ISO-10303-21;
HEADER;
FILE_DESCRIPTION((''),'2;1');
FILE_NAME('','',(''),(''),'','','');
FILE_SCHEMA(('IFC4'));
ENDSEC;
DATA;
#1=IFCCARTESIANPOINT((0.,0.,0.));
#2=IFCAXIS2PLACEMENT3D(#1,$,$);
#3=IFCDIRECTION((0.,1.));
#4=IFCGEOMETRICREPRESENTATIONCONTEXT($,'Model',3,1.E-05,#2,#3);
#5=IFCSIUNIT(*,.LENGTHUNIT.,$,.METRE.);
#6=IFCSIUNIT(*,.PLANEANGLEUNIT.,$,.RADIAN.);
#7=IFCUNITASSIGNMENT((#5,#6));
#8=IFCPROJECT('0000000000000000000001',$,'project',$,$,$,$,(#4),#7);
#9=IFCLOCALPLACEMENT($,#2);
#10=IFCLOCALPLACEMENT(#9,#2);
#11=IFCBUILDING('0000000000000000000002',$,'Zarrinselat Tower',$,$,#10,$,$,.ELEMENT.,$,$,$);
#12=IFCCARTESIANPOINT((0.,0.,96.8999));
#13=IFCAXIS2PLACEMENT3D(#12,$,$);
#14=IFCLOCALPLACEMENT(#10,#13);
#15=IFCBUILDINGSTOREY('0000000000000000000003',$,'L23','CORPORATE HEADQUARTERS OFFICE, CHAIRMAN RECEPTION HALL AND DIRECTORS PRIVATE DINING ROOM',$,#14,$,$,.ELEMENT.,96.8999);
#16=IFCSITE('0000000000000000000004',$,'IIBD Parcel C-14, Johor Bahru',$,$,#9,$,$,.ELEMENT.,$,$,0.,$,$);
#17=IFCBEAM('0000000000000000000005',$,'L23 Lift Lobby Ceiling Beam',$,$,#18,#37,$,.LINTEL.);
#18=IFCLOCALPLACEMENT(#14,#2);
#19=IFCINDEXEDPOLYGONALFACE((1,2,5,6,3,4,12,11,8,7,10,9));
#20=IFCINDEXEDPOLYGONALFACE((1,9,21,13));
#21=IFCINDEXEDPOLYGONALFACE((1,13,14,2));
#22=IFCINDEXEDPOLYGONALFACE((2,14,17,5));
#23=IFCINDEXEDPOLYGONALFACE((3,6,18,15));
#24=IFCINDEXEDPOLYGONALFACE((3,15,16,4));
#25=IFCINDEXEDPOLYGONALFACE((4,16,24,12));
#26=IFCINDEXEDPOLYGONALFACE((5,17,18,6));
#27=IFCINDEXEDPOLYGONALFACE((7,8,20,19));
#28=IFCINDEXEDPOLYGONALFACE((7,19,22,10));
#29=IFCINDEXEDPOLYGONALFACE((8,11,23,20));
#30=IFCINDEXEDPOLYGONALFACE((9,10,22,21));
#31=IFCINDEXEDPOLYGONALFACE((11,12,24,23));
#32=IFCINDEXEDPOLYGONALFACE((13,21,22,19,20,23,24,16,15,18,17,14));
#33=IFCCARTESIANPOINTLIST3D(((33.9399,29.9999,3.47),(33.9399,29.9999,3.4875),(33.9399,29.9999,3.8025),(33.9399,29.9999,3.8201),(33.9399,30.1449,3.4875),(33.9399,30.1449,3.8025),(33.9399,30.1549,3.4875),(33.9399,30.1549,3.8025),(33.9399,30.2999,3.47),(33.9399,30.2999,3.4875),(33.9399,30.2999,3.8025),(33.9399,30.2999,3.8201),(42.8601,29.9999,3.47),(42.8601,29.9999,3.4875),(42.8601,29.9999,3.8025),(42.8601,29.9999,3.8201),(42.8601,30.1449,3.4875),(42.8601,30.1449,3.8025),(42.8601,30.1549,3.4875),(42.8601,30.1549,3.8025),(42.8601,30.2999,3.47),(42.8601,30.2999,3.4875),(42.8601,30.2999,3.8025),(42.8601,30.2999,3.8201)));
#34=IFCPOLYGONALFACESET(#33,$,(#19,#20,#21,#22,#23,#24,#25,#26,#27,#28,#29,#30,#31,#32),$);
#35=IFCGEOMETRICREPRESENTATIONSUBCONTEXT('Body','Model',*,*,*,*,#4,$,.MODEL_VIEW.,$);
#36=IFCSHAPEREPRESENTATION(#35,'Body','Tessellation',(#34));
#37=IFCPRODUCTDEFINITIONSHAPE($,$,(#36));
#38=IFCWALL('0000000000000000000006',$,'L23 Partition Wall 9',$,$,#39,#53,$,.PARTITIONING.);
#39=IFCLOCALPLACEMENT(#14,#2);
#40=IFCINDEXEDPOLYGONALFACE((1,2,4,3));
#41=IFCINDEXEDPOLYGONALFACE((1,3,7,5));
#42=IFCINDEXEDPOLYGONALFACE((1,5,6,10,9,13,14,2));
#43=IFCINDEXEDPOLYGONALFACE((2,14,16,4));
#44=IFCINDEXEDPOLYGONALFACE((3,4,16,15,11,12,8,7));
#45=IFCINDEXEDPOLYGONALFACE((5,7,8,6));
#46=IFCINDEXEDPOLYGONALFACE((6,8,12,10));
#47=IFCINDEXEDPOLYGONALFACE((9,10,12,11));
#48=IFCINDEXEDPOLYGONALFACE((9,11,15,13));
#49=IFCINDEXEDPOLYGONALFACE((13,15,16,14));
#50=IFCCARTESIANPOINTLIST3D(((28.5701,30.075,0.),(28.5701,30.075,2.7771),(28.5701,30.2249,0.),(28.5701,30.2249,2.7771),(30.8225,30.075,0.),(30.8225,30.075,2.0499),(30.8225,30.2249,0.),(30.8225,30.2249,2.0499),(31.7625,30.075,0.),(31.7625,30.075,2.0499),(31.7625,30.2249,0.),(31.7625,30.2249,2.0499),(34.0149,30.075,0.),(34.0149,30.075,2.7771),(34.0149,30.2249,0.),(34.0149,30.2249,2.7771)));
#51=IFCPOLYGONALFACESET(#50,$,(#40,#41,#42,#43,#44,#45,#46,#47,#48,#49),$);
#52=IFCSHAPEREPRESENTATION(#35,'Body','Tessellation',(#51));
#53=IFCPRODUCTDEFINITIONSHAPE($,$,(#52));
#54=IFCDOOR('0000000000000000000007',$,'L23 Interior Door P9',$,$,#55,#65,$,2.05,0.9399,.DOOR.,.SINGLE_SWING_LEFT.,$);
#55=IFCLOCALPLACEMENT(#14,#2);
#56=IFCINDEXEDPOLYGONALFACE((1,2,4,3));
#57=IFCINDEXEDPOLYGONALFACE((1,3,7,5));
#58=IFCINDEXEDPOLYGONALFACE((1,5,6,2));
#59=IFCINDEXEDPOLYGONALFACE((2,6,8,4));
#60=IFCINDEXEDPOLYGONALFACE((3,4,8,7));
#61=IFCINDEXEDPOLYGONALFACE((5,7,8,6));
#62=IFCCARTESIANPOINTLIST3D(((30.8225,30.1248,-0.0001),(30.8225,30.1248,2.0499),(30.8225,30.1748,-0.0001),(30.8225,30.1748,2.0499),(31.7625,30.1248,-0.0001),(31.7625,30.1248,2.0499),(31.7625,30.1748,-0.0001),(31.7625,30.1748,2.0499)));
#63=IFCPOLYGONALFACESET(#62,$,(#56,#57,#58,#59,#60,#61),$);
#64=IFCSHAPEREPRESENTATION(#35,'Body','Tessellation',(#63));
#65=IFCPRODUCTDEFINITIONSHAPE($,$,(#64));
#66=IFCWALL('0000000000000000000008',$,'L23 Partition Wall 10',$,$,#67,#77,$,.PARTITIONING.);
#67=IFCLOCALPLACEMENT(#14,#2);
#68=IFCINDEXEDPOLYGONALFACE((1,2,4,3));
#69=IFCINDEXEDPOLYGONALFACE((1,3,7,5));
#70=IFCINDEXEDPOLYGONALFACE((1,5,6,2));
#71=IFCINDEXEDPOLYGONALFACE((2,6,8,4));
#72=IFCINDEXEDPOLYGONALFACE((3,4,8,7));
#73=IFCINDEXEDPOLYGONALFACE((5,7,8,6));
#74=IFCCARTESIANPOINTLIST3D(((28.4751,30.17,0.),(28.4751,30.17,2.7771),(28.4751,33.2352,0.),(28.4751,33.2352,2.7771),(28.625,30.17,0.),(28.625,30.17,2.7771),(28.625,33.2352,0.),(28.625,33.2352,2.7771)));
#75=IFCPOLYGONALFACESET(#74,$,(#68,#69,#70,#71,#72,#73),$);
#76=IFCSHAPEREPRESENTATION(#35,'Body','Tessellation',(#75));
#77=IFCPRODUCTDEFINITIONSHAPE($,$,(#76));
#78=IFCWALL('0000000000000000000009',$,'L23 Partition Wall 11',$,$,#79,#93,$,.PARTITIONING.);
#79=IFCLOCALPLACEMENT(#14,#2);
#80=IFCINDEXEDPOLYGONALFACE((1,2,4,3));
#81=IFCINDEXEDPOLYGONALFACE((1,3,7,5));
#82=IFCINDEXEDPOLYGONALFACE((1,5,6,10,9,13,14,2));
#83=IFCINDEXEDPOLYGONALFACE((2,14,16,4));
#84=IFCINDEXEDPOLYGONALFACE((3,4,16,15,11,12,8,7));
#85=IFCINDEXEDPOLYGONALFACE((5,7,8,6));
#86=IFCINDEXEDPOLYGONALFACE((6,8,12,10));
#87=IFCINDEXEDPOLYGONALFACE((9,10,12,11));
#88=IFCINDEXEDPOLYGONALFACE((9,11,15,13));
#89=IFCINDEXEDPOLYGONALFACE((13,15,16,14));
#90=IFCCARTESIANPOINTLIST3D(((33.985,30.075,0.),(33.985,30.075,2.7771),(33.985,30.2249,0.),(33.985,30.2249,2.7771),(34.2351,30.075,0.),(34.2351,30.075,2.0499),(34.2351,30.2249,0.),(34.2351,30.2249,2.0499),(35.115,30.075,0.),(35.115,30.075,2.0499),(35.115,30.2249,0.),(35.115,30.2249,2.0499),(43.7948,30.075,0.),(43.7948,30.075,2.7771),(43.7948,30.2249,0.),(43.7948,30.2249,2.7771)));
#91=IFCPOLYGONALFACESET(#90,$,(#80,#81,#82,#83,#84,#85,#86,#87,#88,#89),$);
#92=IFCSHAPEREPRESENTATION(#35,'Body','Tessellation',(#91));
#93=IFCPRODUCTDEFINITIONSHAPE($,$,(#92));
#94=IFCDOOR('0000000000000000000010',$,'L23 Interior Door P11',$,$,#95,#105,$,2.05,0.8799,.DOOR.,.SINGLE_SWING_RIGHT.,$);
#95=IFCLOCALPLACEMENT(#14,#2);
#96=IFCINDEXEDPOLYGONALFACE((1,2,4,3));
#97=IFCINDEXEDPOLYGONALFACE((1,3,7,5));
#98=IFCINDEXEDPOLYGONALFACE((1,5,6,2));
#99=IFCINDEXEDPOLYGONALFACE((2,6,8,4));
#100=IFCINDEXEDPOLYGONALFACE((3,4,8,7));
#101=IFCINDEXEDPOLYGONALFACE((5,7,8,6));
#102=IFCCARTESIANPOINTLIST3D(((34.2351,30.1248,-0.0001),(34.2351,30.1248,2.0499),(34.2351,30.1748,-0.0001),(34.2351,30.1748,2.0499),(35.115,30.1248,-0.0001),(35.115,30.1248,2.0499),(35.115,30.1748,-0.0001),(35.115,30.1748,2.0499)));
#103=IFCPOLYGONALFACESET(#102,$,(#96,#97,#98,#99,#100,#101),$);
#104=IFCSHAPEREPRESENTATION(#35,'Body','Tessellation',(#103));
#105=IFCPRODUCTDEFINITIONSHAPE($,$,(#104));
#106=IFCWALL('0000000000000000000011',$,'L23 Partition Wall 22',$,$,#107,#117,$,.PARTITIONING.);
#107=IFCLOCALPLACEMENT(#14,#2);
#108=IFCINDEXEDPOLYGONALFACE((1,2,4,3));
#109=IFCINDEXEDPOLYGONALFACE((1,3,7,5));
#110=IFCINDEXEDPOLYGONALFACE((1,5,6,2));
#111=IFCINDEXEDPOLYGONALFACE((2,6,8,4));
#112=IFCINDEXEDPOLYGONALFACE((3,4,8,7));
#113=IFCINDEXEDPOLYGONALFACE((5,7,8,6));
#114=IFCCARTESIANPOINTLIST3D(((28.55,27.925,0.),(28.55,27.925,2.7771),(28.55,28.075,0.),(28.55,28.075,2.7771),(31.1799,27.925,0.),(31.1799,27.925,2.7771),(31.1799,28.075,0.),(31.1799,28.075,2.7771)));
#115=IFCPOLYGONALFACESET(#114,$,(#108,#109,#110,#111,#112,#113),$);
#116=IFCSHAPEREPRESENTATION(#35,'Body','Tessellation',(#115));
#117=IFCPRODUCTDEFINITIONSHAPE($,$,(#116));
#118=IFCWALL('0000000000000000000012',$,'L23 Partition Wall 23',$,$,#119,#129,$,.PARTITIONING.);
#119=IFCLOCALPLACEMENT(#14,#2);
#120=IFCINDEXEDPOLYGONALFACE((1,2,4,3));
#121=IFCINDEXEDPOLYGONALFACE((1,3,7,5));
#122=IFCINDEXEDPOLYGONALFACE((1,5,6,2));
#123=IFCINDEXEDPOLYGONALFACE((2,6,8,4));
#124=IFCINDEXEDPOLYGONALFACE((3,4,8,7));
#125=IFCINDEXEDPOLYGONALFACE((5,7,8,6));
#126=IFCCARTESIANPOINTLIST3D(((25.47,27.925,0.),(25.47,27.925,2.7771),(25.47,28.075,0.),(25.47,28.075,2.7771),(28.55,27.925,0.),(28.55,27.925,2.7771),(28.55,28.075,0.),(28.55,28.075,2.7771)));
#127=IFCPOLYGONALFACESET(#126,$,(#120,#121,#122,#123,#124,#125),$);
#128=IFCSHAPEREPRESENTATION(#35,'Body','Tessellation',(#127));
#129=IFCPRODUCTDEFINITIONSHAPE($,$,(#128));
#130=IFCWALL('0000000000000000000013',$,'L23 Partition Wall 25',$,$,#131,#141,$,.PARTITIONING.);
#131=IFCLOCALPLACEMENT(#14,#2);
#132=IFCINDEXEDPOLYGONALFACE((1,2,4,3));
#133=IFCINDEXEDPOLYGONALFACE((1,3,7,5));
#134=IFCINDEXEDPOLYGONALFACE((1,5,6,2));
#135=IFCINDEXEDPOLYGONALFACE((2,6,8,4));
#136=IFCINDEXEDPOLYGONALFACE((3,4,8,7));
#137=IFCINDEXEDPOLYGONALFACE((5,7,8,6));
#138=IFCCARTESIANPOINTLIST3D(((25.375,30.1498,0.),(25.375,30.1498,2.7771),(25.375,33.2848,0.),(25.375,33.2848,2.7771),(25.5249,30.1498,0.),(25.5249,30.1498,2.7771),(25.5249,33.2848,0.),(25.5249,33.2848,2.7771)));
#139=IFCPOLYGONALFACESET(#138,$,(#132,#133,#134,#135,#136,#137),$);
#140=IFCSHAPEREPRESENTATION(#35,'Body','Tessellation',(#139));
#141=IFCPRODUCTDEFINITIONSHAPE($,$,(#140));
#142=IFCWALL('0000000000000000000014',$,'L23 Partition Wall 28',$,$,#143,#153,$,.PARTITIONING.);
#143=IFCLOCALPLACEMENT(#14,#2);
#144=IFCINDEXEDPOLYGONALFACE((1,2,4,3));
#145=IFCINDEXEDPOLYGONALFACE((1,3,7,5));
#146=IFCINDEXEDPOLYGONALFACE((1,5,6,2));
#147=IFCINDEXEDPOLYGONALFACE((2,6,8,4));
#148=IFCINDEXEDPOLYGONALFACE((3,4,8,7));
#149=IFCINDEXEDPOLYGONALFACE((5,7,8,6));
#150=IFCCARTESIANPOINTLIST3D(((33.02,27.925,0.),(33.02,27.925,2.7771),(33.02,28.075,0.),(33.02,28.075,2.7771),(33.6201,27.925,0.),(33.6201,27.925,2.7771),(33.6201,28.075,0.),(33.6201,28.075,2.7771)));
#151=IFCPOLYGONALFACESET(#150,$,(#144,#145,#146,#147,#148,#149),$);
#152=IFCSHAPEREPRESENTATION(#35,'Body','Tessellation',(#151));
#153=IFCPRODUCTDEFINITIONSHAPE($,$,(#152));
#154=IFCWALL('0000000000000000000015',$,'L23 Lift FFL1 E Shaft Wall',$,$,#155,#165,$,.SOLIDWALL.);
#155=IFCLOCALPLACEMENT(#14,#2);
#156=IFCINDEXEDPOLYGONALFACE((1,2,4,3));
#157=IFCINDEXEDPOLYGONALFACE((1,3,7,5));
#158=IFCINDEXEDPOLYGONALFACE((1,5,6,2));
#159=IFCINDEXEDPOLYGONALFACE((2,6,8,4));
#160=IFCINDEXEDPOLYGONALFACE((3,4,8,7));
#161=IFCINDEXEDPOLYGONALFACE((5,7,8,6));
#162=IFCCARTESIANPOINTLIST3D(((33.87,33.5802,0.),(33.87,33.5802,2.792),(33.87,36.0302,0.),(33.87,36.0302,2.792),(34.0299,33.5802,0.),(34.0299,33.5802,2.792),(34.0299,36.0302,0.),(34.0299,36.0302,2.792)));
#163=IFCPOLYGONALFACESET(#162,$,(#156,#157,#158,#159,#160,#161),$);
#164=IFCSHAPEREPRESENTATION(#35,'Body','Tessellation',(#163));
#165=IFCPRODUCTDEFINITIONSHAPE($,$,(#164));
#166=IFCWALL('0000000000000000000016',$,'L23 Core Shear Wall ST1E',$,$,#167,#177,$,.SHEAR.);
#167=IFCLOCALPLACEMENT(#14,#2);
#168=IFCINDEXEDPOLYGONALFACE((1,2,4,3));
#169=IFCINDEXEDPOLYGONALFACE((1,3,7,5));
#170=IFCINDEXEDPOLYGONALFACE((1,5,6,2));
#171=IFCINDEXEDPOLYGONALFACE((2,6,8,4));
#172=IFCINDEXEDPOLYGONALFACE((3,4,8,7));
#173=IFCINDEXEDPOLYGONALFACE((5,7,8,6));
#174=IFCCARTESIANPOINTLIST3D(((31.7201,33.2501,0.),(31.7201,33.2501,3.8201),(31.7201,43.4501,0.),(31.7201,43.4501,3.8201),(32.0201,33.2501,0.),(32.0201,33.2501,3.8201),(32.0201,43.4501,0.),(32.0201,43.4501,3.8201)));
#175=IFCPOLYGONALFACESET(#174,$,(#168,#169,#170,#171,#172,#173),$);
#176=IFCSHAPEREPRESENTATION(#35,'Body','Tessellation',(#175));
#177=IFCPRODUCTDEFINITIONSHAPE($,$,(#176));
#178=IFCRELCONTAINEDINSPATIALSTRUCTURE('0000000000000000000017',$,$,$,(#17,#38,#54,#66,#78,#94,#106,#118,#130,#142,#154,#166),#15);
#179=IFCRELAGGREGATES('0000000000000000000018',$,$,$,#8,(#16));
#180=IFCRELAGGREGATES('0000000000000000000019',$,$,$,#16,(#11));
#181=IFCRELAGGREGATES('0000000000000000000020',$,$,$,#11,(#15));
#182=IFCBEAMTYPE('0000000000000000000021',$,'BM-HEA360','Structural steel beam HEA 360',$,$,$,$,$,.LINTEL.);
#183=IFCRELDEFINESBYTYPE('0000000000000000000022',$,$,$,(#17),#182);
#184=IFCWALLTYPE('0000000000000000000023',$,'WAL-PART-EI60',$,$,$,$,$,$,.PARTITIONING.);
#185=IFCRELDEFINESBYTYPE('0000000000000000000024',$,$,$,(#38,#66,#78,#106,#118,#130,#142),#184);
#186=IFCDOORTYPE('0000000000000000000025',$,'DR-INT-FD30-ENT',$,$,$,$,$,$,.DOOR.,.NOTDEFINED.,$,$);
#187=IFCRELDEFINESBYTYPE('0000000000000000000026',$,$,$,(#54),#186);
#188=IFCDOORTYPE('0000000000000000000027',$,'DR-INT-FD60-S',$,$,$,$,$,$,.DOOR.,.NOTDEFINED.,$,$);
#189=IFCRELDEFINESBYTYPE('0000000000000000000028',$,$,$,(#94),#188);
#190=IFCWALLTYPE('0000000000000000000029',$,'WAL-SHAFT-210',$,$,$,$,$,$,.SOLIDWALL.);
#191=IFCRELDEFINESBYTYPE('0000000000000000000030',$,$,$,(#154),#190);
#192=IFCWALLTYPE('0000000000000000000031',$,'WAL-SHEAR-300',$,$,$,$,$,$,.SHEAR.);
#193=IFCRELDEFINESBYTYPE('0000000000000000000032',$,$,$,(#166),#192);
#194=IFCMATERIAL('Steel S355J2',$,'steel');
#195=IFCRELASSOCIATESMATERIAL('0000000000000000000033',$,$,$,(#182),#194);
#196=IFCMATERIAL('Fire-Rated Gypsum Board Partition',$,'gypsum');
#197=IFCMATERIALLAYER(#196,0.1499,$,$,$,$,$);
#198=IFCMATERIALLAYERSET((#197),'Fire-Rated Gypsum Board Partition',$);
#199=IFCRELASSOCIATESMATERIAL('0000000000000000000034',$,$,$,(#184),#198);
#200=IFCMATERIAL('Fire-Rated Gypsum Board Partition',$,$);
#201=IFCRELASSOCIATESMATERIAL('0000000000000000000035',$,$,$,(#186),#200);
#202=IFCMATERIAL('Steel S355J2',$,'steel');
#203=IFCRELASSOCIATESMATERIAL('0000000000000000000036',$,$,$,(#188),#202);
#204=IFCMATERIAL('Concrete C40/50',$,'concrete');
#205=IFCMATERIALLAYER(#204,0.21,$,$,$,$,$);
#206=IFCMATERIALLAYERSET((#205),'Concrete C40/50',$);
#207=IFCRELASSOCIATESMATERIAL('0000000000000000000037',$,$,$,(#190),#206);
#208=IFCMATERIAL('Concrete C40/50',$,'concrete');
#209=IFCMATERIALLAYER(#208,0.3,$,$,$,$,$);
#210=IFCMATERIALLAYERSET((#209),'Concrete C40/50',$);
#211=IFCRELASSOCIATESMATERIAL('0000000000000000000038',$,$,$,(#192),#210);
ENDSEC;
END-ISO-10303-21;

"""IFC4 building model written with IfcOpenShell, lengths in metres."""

from ifc_helpers import new_model, si_unit, direction, frame, frame_2d, origin, origin_2d, place, context, subcontext, project, spatial, rectangle, i_section, extrude, material, layer, layer_set, material_profile, profile_set, type_object, element, fill, save


model = new_model("IFC4")

# Units and contexts
model_context = context("Model", 3, precision=1e-05, world=origin(), true_north=direction((0.0, 1.0)))
body_context = subcontext(model_context, "Body", "Model", "MODEL_VIEW")
ifc_project = project(units=[si_unit("LENGTHUNIT", "METRE"), si_unit("PLANEANGLEUNIT", "RADIAN")], contexts=[model_context])

# Site, building, storey
site_placement = place(None, origin())
site = spatial("IfcSite", under=ifc_project, at=site_placement, Name="IIBD Parcel C-14, Johor Bahru", CompositionType="ELEMENT", RefElevation=0.0)
building_placement = place(site_placement, origin())
building = spatial("IfcBuilding", under=site, at=building_placement, Name="Zarrinselat Tower", CompositionType="ELEMENT")
storey_placement = place(building_placement, frame((0.0, 0.0, 96.8999)))
storey = spatial("IfcBuildingStorey", under=building, at=storey_placement, Name="L23", Description="CORPORATE HEADQUARTERS OFFICE, CHAIRMAN RECEPTION HALL AND DIRECTORS PRIVATE DINING ROOM", CompositionType="ELEMENT", Elevation=96.8999)

# Beam
ifc_material_1 = material(Name="Steel S355J2", Category="steel")
ifc_material_profile = material_profile(ifc_material_1, i_section(OverallWidth=0.3, OverallDepth=0.3501, WebThickness=0.01, FlangeThickness=0.0176, at=origin_2d()), Name="HEA 360")
ifc_profile_set = profile_set([ifc_material_profile], Name="Steel S355J2")
beam_type = type_object("IfcBeamType", Name="BM-HEA360", Description="Structural steel beam HEA 360", PredefinedType="LINTEL", material=ifc_profile_set)
beam_placement = place(storey_placement, frame((33.9399, 30.1499, 3.645), z_axis=(1.0, 0.0, 0.0), x_axis=(0.0, 1.0, 0.0)))
element("IfcBeam", 1, at=beam_placement, inside=storey, type_object=beam_type, Name="L23 Lift Lobby Ceiling Beam", PredefinedType="LINTEL", context=body_context, shape_type="SweptSolid", body=[
    extrude(i_section(OverallWidth=0.3, OverallDepth=0.3501, WebThickness=0.01, FlangeThickness=0.0176, at=origin_2d()), origin(), (0.0, 0.0, 1.0), 8.9202),
])

# Wall, opening, door
ifc_material_2 = material(Name="Fire-Rated Gypsum Board Partition", Category="gypsum")
ifc_layer_1 = layer(ifc_material_2, 0.1499)
ifc_layer_set_1 = layer_set([ifc_layer_1], Name="Fire-Rated Gypsum Board Partition")
wall_type_1 = type_object("IfcWallType", Name="WAL-PART-EI60", PredefinedType="PARTITIONING", material=ifc_layer_set_1)
wall_1_placement = place(storey_placement, frame((28.5701, 30.1499, 0.0), z_axis=(0.0, 0.0, 1.0), x_axis=(1.0, 0.0, 0.0)))
wall_1 = element("IfcWall", 2, at=wall_1_placement, inside=storey, type_object=wall_type_1, Name="L23 Partition Wall 9", PredefinedType="PARTITIONING", context=body_context, shape_type="SweptSolid", body=[
    extrude(rectangle(XDim=5.4448, YDim=0.1499, at=frame_2d((2.7224, 0.0))), origin(), (0.0, 0.0, 1.0), 2.7771),
])
opening_1_placement = place(wall_1_placement, frame((2.2524, 0.0, 0.0)))
opening_1 = element("IfcOpeningElement", 3, at=opening_1_placement, cuts=wall_1, PredefinedType="OPENING", context=body_context, shape_type="SweptSolid", body=[
    extrude(rectangle(XDim=0.9399, YDim=2.05, at=frame_2d((0.47, 1.0249))), frame((0.0, 0.085, 0.0), z_axis=(0.0, -1.0, 0.0), x_axis=(1.0, 0.0, 0.0)), (0.0, 0.0, 1.0), 0.1699),
])
ifc_material_3 = material(Name="Fire-Rated Gypsum Board Partition")
door_type_1 = type_object("IfcDoorType", Name="DR-INT-FD30-ENT", OperationType="NOTDEFINED", PredefinedType="DOOR", material=ifc_material_3)
door_1_placement = place(opening_1_placement, origin())
door_1 = element("IfcDoor", 4, at=door_1_placement, inside=storey, type_object=door_type_1, Name="L23 Interior Door P9", OperationType="SINGLE_SWING_LEFT", OverallHeight=2.05, OverallWidth=0.9399, PredefinedType="DOOR", context=body_context, shape_type="SweptSolid", body=[
    extrude(rectangle(XDim=0.9399, YDim=2.05, at=frame_2d((0.47, 1.0249))), frame((0.0, 0.0249, 0.0), z_axis=(0.0, -1.0, 0.0), x_axis=(1.0, 0.0, 0.0)), (0.0, 0.0, 1.0), 0.05),
])
fill(opening_1, door_1)

# Wall
wall_2_placement = place(storey_placement, frame((28.55, 30.1699, 0.0), z_axis=(0.0, 0.0, 1.0), x_axis=(0.0, 1.0, 0.0)))
element("IfcWall", 5, at=wall_2_placement, inside=storey, type_object=wall_type_1, Name="L23 Partition Wall 10", PredefinedType="PARTITIONING", context=body_context, shape_type="SweptSolid", body=[
    extrude(rectangle(XDim=3.0652, YDim=0.1499, at=frame_2d((1.5327, 0.0))), origin(), (0.0, 0.0, 1.0), 2.7771),
])

# Wall, opening, door
wall_3_placement = place(storey_placement, frame((33.9851, 30.1499, 0.0), z_axis=(0.0, 0.0, 1.0), x_axis=(1.0, 0.0, 0.0)))
wall_3 = element("IfcWall", 6, at=wall_3_placement, inside=storey, type_object=wall_type_1, Name="L23 Partition Wall 11", PredefinedType="PARTITIONING", context=body_context, shape_type="SweptSolid", body=[
    extrude(rectangle(XDim=9.8098, YDim=0.1499, at=frame_2d((4.9048, 0.0))), origin(), (0.0, 0.0, 1.0), 2.7771),
])
opening_2_placement = place(wall_3_placement, frame((0.25, 0.0, 0.0)))
opening_2 = element("IfcOpeningElement", 7, at=opening_2_placement, cuts=wall_3, PredefinedType="OPENING", context=body_context, shape_type="SweptSolid", body=[
    extrude(rectangle(XDim=0.8799, YDim=2.05, at=frame_2d((0.4399, 1.0249))), frame((0.0, 0.085, 0.0), z_axis=(0.0, -1.0, 0.0), x_axis=(1.0, 0.0, 0.0)), (0.0, 0.0, 1.0), 0.1699),
])
ifc_material_4 = material(Name="Steel S355J2", Category="steel")
door_type_2 = type_object("IfcDoorType", Name="DR-INT-FD60-S", OperationType="NOTDEFINED", PredefinedType="DOOR", material=ifc_material_4)
door_2_placement = place(opening_2_placement, origin())
door_2 = element("IfcDoor", 8, at=door_2_placement, inside=storey, type_object=door_type_2, Name="L23 Interior Door P11", OperationType="SINGLE_SWING_RIGHT", OverallHeight=2.05, OverallWidth=0.8799, PredefinedType="DOOR", context=body_context, shape_type="SweptSolid", body=[
    extrude(rectangle(XDim=0.8799, YDim=2.05, at=frame_2d((0.4399, 1.0249))), frame((0.0, 0.0249, 0.0), z_axis=(0.0, -1.0, 0.0), x_axis=(1.0, 0.0, 0.0)), (0.0, 0.0, 1.0), 0.05),
])
fill(opening_2, door_2)

# Walls
wall_4_placement = place(storey_placement, frame((28.55, 28.0, 0.0), z_axis=(0.0, 0.0, 1.0), x_axis=(1.0, 0.0, 0.0)))
element("IfcWall", 9, at=wall_4_placement, inside=storey, type_object=wall_type_1, Name="L23 Partition Wall 22", PredefinedType="PARTITIONING", context=body_context, shape_type="SweptSolid", body=[
    extrude(rectangle(XDim=2.6299, YDim=0.1499, at=frame_2d((1.3149, 0.0))), origin(), (0.0, 0.0, 1.0), 2.7771),
])
wall_5_placement = place(storey_placement, frame((25.47, 28.0, 0.0), z_axis=(0.0, 0.0, 1.0), x_axis=(1.0, 0.0, 0.0)))
element("IfcWall", 10, at=wall_5_placement, inside=storey, type_object=wall_type_1, Name="L23 Partition Wall 23", PredefinedType="PARTITIONING", context=body_context, shape_type="SweptSolid", body=[
    extrude(rectangle(XDim=3.0801, YDim=0.1499, at=frame_2d((1.54, 0.0))), origin(), (0.0, 0.0, 1.0), 2.7771),
])
wall_6_placement = place(storey_placement, frame((25.45, 30.1499, 0.0), z_axis=(0.0, 0.0, 1.0), x_axis=(0.0, 1.0, 0.0)))
element("IfcWall", 11, at=wall_6_placement, inside=storey, type_object=wall_type_1, Name="L23 Partition Wall 25", PredefinedType="PARTITIONING", context=body_context, shape_type="SweptSolid", body=[
    extrude(rectangle(XDim=3.135, YDim=0.1499, at=frame_2d((1.5674, 0.0))), origin(), (0.0, 0.0, 1.0), 2.7771),
])
wall_7_placement = place(storey_placement, frame((33.02, 28.0, 0.0), z_axis=(0.0, 0.0, 1.0), x_axis=(1.0, 0.0, 0.0)))
element("IfcWall", 12, at=wall_7_placement, inside=storey, type_object=wall_type_1, Name="L23 Partition Wall 28", PredefinedType="PARTITIONING", context=body_context, shape_type="SweptSolid", body=[
    extrude(rectangle(XDim=0.6001, YDim=0.1499, at=frame_2d((0.3, 0.0))), origin(), (0.0, 0.0, 1.0), 2.7771),
])
ifc_material_5 = material(Name="Concrete C40/50", Category="concrete")
ifc_layer_2 = layer(ifc_material_5, 0.21)
ifc_layer_set_2 = layer_set([ifc_layer_2], Name="Concrete C40/50")
wall_type_2 = type_object("IfcWallType", Name="WAL-SHAFT-210", PredefinedType="SOLIDWALL", material=ifc_layer_set_2)
wall_8_placement = place(storey_placement, frame((33.95, 33.5801, 0.0), z_axis=(0.0, 0.0, 1.0), x_axis=(0.0, 1.0, 0.0)))
element("IfcWall", 13, at=wall_8_placement, inside=storey, type_object=wall_type_2, Name="L23 Lift FFL1 E Shaft Wall", PredefinedType="SOLIDWALL", context=body_context, shape_type="SweptSolid", body=[
    extrude(rectangle(XDim=2.45, YDim=0.1599, at=frame_2d((1.2251, 0.0))), origin(), (0.0, 0.0, 1.0), 2.792),
])
ifc_material_6 = material(Name="Concrete C40/50", Category="concrete")
ifc_layer_3 = layer(ifc_material_6, 0.3)
ifc_layer_set_3 = layer_set([ifc_layer_3], Name="Concrete C40/50")
wall_type_3 = type_object("IfcWallType", Name="WAL-SHEAR-300", PredefinedType="SHEAR", material=ifc_layer_set_3)
wall_9_placement = place(storey_placement, frame((31.8701, 33.25, 0.0), z_axis=(0.0, 0.0, 1.0), x_axis=(0.0, 1.0, 0.0)))
element("IfcWall", 14, at=wall_9_placement, inside=storey, type_object=wall_type_3, Name="L23 Core Shear Wall ST1E", PredefinedType="SHEAR", context=body_context, shape_type="SweptSolid", body=[
    extrude(rectangle(XDim=10.2, YDim=0.3, at=frame_2d((5.1001, 0.0))), origin(), (0.0, 0.0, 1.0), 3.8201),
])

save(model, "model.ifc")
